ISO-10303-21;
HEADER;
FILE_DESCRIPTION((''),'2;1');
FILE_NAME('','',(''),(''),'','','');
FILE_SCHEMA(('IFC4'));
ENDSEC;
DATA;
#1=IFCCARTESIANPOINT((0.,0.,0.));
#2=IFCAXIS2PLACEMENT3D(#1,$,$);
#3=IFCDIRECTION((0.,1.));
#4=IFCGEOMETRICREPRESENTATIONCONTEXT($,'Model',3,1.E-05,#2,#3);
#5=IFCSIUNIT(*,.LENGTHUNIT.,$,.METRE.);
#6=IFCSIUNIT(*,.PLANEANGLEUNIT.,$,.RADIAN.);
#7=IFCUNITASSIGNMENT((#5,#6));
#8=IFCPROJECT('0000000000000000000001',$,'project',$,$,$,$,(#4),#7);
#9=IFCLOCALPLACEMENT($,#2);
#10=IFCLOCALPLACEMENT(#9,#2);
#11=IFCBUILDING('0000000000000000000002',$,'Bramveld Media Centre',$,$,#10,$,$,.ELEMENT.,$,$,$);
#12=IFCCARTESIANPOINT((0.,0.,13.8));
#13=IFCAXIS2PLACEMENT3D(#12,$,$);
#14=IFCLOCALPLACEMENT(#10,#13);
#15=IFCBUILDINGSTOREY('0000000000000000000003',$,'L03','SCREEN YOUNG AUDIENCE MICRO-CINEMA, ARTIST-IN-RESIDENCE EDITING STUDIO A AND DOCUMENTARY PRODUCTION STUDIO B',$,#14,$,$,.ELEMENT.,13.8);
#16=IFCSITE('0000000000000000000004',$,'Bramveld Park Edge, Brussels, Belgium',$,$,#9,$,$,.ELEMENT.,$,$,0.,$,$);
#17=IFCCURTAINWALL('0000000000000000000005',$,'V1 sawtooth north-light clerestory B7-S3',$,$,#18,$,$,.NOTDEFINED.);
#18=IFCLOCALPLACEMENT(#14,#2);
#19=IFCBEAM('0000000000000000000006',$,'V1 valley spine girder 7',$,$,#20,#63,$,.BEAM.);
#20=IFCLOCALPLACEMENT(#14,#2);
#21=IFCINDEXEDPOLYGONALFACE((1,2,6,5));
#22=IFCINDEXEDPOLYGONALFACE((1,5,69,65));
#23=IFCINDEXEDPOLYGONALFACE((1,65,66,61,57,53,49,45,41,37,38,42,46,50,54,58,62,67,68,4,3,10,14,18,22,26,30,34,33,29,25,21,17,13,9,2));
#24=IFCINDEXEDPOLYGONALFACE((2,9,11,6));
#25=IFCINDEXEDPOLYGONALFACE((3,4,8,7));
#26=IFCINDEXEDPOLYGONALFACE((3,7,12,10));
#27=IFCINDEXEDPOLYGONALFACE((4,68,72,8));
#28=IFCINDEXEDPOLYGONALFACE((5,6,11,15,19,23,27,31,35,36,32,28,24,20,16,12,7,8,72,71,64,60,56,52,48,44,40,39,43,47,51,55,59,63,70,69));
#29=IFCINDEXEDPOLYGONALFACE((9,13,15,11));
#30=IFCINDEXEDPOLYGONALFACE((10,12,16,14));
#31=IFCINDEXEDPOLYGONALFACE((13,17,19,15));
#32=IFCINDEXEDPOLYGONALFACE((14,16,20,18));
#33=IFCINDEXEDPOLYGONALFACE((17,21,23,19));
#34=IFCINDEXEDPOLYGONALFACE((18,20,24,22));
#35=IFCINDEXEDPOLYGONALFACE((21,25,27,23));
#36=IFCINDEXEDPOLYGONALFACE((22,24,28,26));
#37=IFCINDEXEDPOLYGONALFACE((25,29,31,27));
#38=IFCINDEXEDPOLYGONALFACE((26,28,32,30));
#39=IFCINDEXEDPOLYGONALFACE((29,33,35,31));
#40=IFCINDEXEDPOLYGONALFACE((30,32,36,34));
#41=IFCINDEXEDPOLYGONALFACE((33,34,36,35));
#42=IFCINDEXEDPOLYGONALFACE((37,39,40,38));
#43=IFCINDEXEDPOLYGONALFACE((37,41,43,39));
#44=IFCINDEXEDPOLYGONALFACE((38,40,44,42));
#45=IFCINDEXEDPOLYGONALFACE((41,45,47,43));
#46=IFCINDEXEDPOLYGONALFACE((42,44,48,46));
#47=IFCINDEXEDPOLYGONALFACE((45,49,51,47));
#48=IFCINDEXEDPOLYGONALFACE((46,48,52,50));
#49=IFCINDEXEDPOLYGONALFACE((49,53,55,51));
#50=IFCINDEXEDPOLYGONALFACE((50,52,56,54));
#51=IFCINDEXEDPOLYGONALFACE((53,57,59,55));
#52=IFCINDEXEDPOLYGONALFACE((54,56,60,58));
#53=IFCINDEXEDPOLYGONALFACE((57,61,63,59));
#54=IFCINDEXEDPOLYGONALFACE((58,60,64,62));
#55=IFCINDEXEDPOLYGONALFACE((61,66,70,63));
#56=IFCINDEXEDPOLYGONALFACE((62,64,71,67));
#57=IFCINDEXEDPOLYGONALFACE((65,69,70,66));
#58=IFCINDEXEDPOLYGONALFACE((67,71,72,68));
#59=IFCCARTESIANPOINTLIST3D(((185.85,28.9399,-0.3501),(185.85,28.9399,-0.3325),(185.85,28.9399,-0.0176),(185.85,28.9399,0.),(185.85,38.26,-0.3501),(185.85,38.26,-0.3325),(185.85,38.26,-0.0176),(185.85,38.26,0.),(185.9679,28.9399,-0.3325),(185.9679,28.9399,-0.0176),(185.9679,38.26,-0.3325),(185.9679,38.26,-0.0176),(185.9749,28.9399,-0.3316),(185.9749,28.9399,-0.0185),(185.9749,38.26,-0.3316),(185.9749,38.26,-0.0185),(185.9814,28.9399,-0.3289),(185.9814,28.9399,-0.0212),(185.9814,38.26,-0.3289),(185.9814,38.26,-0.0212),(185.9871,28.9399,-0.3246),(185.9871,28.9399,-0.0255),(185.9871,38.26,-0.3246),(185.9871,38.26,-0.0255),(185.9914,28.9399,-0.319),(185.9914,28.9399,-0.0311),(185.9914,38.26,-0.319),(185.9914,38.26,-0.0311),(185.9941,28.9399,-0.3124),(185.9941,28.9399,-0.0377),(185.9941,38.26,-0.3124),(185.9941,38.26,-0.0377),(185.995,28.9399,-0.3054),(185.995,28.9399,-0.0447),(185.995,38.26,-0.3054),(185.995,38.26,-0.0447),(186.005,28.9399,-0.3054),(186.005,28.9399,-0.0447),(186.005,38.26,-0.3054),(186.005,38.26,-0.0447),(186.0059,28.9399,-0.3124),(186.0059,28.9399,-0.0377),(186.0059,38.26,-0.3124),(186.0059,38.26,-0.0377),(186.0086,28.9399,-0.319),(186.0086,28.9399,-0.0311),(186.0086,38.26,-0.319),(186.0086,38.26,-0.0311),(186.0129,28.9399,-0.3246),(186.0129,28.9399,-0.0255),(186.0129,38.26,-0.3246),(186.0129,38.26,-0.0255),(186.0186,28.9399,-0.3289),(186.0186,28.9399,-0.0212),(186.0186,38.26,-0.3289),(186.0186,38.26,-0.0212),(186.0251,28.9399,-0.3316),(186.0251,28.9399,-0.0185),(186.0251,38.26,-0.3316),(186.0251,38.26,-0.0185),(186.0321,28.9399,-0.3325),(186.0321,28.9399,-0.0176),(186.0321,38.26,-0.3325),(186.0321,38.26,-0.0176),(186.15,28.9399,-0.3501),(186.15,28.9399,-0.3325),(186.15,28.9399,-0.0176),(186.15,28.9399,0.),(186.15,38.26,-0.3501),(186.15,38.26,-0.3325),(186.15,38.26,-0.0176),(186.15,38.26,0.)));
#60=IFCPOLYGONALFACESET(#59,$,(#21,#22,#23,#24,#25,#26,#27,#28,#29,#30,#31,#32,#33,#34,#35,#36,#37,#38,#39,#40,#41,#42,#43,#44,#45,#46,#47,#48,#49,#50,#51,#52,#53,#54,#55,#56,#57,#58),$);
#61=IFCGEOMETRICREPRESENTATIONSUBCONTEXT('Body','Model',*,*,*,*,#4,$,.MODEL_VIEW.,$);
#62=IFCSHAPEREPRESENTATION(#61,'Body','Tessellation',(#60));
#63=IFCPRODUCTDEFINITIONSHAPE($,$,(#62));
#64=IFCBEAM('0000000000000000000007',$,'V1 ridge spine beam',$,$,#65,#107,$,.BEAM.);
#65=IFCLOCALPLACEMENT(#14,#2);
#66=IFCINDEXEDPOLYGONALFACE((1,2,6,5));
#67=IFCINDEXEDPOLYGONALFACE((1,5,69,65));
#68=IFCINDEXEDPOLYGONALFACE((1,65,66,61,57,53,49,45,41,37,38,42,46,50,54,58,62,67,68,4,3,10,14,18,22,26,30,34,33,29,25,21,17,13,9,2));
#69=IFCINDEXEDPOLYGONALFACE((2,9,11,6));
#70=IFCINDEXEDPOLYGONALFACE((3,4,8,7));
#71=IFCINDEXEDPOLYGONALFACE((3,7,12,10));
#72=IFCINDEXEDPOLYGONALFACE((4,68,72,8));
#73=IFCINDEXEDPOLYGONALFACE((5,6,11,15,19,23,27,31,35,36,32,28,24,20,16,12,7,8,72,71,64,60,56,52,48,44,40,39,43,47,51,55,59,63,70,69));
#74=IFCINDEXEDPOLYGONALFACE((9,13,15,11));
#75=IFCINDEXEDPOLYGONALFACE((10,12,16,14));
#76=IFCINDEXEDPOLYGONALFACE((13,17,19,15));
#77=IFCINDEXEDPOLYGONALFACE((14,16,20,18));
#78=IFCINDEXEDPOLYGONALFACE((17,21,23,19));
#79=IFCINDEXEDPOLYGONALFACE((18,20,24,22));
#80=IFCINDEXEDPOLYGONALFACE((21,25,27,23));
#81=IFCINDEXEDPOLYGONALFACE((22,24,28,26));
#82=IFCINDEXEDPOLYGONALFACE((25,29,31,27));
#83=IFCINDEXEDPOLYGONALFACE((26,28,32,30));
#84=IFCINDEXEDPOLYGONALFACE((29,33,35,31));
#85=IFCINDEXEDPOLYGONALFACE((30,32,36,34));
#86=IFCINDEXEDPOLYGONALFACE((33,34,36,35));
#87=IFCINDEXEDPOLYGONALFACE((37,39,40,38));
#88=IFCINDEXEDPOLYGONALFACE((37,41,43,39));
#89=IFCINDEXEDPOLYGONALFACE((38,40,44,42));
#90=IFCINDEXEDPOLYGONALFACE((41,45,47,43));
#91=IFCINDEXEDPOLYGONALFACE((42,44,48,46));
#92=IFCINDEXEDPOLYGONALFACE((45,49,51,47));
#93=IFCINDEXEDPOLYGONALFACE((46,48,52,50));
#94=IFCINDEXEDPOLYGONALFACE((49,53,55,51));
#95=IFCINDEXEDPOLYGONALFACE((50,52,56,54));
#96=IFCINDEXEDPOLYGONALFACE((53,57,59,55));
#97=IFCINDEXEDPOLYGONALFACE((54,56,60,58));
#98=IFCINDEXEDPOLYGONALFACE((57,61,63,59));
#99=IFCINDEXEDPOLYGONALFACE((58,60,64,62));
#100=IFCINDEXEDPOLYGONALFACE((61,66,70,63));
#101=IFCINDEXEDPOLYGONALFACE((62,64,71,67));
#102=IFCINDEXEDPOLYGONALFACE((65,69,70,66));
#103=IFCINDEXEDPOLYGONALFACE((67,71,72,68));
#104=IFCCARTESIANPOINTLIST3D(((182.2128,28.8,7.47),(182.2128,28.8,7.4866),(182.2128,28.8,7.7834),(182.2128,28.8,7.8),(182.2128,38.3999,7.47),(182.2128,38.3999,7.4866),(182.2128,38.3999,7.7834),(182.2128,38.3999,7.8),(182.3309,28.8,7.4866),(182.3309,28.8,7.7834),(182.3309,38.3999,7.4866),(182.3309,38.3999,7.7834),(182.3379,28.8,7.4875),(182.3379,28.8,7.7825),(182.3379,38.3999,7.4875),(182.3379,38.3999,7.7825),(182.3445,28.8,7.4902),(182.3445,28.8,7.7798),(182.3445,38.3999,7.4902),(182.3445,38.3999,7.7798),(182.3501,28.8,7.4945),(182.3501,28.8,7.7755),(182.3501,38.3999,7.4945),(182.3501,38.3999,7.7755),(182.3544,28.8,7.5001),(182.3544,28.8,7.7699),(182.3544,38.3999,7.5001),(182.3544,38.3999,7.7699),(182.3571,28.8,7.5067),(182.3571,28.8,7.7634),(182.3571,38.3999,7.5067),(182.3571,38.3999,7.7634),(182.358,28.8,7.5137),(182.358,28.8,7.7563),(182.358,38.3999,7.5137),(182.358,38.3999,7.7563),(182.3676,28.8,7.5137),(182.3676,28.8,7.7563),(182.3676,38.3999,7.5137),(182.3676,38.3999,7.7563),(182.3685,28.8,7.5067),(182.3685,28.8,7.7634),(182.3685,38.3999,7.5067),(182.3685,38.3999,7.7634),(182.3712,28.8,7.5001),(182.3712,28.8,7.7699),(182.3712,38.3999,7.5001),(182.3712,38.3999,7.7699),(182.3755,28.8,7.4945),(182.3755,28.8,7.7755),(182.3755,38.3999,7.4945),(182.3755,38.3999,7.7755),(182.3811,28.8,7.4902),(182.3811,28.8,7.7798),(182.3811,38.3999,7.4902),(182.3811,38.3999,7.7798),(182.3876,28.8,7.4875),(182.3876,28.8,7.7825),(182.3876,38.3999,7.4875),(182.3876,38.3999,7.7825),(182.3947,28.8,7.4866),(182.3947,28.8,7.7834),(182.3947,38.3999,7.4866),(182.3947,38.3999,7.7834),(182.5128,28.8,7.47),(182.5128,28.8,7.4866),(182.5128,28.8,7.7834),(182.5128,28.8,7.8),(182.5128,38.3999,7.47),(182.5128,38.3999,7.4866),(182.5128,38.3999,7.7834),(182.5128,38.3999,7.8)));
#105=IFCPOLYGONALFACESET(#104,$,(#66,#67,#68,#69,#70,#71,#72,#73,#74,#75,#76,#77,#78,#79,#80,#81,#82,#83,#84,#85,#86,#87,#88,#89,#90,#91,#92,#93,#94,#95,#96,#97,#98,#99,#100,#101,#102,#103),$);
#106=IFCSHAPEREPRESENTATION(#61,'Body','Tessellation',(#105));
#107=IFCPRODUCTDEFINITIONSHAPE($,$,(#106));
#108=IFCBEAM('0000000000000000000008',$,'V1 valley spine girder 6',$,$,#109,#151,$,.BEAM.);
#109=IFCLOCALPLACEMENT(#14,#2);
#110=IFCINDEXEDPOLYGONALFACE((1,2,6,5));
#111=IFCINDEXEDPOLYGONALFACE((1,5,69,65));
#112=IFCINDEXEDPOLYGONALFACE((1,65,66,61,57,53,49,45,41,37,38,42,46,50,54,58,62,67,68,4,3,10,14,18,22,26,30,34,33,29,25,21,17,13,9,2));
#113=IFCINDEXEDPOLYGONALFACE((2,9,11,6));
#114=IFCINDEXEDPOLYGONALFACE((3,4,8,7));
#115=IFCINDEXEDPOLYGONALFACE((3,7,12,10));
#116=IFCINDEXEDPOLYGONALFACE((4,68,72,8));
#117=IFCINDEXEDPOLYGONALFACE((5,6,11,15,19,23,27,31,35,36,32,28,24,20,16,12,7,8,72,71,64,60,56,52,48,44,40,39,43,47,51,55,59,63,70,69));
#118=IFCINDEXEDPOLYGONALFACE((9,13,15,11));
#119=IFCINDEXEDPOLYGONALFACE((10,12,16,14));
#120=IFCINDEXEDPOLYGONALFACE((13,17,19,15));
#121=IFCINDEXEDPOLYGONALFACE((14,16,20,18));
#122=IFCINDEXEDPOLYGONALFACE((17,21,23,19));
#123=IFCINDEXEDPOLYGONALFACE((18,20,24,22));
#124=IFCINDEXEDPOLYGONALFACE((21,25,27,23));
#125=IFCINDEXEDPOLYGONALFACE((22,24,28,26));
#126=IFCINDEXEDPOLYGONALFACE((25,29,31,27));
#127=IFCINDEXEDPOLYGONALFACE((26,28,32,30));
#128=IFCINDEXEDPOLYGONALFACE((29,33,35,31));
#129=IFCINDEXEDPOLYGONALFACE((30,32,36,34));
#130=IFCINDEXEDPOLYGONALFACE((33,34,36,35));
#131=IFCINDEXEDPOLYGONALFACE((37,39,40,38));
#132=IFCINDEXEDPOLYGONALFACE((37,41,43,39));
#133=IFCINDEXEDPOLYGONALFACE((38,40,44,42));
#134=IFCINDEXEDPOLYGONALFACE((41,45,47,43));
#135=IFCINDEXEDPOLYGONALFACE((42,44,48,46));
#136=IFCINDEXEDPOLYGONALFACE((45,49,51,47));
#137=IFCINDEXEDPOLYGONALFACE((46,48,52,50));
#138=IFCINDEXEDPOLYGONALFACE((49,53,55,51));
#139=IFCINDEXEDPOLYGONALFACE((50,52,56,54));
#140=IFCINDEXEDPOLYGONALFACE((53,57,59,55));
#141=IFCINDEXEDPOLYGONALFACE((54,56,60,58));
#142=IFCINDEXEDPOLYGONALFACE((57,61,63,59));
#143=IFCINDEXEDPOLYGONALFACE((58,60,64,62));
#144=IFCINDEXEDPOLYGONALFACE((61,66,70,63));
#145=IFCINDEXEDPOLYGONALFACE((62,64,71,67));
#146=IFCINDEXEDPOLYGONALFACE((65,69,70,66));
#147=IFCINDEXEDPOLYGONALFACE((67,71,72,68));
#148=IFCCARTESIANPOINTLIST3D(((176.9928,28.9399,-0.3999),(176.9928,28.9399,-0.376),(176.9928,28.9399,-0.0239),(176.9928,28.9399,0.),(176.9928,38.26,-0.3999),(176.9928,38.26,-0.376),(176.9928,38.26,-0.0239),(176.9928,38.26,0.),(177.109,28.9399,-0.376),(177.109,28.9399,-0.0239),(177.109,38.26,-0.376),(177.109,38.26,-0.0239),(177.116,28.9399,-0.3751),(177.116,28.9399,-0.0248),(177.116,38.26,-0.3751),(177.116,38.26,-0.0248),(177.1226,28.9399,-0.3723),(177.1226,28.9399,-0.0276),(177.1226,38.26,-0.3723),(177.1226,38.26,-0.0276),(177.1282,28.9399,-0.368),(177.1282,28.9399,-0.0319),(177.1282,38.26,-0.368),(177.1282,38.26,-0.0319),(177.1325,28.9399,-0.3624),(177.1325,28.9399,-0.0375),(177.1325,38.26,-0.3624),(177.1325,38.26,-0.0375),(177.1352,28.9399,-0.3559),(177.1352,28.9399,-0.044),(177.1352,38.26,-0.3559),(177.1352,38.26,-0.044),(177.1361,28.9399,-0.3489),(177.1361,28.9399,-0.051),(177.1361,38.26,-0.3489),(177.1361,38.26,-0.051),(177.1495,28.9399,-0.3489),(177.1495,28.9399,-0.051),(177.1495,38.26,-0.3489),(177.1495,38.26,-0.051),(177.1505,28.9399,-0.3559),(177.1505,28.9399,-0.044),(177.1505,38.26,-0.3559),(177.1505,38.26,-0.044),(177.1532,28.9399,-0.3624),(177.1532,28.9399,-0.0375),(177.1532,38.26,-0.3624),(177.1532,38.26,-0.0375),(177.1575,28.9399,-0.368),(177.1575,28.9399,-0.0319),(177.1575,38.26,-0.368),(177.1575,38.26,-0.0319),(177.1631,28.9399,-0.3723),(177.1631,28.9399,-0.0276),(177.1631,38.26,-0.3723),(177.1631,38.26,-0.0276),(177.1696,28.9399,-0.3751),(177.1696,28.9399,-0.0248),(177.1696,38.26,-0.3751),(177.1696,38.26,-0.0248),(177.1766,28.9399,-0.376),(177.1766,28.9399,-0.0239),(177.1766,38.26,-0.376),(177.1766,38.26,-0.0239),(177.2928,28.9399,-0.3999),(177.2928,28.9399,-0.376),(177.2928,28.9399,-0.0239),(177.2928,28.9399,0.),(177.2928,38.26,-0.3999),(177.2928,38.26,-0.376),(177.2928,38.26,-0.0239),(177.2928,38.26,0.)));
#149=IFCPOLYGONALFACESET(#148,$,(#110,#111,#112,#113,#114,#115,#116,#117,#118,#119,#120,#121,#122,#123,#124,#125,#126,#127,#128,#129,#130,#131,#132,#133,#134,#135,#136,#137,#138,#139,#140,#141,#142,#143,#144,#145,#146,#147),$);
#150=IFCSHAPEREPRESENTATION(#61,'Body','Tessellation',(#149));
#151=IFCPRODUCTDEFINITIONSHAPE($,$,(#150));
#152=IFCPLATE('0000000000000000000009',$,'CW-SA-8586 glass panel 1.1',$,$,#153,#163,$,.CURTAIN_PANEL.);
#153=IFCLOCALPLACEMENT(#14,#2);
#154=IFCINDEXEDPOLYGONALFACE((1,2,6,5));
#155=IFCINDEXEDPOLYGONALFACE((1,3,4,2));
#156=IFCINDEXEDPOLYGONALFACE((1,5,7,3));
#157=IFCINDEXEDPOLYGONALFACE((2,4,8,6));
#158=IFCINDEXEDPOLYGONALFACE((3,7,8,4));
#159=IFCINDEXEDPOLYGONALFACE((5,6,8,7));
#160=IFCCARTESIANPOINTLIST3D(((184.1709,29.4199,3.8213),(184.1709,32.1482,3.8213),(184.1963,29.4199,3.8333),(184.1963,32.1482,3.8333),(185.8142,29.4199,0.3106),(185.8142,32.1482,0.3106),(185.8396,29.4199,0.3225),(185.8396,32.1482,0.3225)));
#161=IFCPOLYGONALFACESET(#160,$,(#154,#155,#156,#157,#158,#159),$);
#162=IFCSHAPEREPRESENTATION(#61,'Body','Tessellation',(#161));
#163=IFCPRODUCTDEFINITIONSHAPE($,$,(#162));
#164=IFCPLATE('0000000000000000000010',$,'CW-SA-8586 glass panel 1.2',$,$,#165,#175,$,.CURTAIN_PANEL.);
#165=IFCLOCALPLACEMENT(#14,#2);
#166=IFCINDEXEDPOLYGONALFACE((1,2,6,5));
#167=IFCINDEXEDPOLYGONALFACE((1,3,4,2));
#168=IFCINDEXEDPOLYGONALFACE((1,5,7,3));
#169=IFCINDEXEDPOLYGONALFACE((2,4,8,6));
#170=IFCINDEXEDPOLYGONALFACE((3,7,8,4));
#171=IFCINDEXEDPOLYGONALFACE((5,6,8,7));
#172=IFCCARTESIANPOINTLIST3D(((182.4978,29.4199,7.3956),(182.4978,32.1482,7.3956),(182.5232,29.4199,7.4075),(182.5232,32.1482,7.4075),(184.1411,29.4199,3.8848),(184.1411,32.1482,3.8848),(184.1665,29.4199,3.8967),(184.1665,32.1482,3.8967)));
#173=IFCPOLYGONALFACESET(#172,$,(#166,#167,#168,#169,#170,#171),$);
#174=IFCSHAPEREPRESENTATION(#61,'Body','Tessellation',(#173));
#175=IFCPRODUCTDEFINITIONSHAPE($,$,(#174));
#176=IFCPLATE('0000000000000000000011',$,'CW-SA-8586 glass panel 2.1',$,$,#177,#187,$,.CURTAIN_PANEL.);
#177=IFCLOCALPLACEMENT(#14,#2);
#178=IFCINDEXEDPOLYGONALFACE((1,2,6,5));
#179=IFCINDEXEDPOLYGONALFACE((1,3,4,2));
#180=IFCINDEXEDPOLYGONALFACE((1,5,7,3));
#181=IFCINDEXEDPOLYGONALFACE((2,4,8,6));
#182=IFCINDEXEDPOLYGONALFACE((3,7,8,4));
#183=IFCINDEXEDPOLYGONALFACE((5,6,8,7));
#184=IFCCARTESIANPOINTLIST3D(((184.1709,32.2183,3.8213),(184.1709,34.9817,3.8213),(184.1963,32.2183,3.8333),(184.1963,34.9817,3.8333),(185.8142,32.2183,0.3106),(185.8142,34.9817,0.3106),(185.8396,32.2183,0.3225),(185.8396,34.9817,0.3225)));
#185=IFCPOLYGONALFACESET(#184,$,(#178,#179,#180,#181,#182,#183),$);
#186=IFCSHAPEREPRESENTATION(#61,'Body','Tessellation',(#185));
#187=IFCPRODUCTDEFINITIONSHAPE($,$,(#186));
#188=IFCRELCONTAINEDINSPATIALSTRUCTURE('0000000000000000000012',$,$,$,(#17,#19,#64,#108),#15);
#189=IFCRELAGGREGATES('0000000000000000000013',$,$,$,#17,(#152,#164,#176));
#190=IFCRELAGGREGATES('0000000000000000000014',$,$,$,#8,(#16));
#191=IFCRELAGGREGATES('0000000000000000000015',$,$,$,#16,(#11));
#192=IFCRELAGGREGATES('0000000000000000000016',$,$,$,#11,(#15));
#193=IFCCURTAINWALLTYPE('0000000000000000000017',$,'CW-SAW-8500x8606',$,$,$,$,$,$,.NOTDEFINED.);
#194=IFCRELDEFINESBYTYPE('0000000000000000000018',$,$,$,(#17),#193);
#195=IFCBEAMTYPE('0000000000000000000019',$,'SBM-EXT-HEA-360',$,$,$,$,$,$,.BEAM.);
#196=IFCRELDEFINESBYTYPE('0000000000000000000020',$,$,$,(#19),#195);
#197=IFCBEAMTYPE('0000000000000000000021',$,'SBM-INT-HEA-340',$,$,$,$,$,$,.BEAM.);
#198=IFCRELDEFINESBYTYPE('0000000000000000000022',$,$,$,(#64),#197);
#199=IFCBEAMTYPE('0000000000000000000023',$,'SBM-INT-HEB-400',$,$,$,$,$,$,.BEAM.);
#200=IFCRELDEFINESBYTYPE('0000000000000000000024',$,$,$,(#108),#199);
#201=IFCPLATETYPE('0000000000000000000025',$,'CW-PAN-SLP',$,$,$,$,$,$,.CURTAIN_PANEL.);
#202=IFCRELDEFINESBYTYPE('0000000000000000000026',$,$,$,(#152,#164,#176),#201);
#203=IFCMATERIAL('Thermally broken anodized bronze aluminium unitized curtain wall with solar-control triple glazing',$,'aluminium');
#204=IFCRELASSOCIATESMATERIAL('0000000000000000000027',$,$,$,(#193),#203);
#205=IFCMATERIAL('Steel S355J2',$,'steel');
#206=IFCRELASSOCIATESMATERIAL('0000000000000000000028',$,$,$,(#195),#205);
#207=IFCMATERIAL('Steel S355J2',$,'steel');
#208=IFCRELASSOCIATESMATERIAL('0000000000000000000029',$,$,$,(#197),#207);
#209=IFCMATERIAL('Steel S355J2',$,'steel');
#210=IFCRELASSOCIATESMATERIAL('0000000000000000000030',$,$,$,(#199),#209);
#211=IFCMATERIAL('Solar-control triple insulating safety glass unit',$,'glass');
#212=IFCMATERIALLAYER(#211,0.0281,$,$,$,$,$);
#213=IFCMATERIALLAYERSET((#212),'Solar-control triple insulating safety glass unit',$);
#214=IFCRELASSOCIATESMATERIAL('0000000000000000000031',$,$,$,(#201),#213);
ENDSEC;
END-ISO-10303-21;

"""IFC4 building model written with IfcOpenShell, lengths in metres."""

from ifc_helpers import new_model, si_unit, direction, frame, origin, origin_2d, place, context, subcontext, project, spatial, polyline, i_section, outline, extrude, material, layer, layer_set, material_profile, profile_set, type_object, element, aggregate, save


model = new_model("IFC4")

# Units and contexts
model_context = context("Model", 3, precision=1e-05, world=origin(), true_north=direction((0.0, 1.0)))
body_context = subcontext(model_context, "Body", "Model", "MODEL_VIEW")
ifc_project = project(units=[si_unit("LENGTHUNIT", "METRE"), si_unit("PLANEANGLEUNIT", "RADIAN")], contexts=[model_context])

# Site, building, storey
site_placement = place(None, origin())
site = spatial("IfcSite", under=ifc_project, at=site_placement, Name="Bramveld Park Edge, Brussels, Belgium", CompositionType="ELEMENT", RefElevation=0.0)
building_placement = place(site_placement, origin())
building = spatial("IfcBuilding", under=site, at=building_placement, Name="Bramveld Media Centre", CompositionType="ELEMENT")
storey_placement = place(building_placement, frame((0.0, 0.0, 13.8)))
storey = spatial("IfcBuildingStorey", under=building, at=storey_placement, Name="L03", Description="SCREEN YOUNG AUDIENCE MICRO-CINEMA, ARTIST-IN-RESIDENCE EDITING STUDIO A AND DOCUMENTARY PRODUCTION STUDIO B", CompositionType="ELEMENT", Elevation=13.8)

# Curtain wall
ifc_material_1 = material(Name="Thermally broken anodized bronze aluminium unitized curtain wall with solar-control triple glazing", Category="aluminium")
curtain_wall_type = type_object("IfcCurtainWallType", Name="CW-SAW-8500x8606", PredefinedType="NOTDEFINED", material=ifc_material_1)
curtain_wall_1_placement = place(storey_placement, origin())
curtain_wall_1 = element("IfcCurtainWall", 1, at=curtain_wall_1_placement, inside=storey, type_object=curtain_wall_type, Name="V1 sawtooth north-light clerestory B7-S3", PredefinedType="NOTDEFINED")

# Beams
ifc_material_2 = material(Name="Steel S355J2", Category="steel")
ifc_material_profile_1 = material_profile(ifc_material_2, i_section(OverallWidth=0.3, OverallDepth=0.3501, WebThickness=0.01, FlangeThickness=0.0176, FilletRadius=0.0271, at=origin_2d()), Name="HEA 360")
ifc_profile_set_1 = profile_set([ifc_material_profile_1], Name="Steel S355J2")
beam_type_1 = type_object("IfcBeamType", Name="SBM-EXT-HEA-360", PredefinedType="BEAM", material=ifc_profile_set_1)
beam_1_placement = place(storey_placement, frame((186.0, 28.9399, -0.175), z_axis=(0.0, 1.0, 0.0), x_axis=(-1.0, 0.0, 0.0)))
element("IfcBeam", 2, at=beam_1_placement, inside=storey, type_object=beam_type_1, Name="V1 valley spine girder 7", PredefinedType="BEAM", context=body_context, shape_type="SweptSolid", body=[
    extrude(i_section(OverallWidth=0.3, OverallDepth=0.3501, WebThickness=0.01, FlangeThickness=0.0176, FilletRadius=0.0271, at=origin_2d()), origin(), (0.0, 0.0, 1.0), 9.3201),
])
ifc_material_3 = material(Name="Steel S355J2", Category="steel")
ifc_material_profile_2 = material_profile(ifc_material_3, i_section(OverallWidth=0.3, OverallDepth=0.3301, WebThickness=0.0095, FlangeThickness=0.0166, FilletRadius=0.0271, at=origin_2d()), Name="HEA 340")
ifc_profile_set_2 = profile_set([ifc_material_profile_2], Name="Steel S355J2")
beam_type_2 = type_object("IfcBeamType", Name="SBM-INT-HEA-340", PredefinedType="BEAM", material=ifc_profile_set_2)
beam_2_placement = place(storey_placement, frame((182.3628, 28.8, 7.635), z_axis=(0.0, 1.0, 0.0), x_axis=(-1.0, 0.0, 0.0)))
element("IfcBeam", 3, at=beam_2_placement, inside=storey, type_object=beam_type_2, Name="V1 ridge spine beam", PredefinedType="BEAM", context=body_context, shape_type="SweptSolid", body=[
    extrude(i_section(OverallWidth=0.3, OverallDepth=0.3301, WebThickness=0.0095, FlangeThickness=0.0166, FilletRadius=0.0271, at=origin_2d()), origin(), (0.0, 0.0, 1.0), 9.5999),
])
ifc_material_4 = material(Name="Steel S355J2", Category="steel")
ifc_material_profile_3 = material_profile(ifc_material_4, i_section(OverallWidth=0.3, OverallDepth=0.3999, WebThickness=0.0134, FlangeThickness=0.0239, FilletRadius=0.0271, at=origin_2d()), Name="HEB 400")
ifc_profile_set_3 = profile_set([ifc_material_profile_3], Name="Steel S355J2")
beam_type_3 = type_object("IfcBeamType", Name="SBM-INT-HEB-400", PredefinedType="BEAM", material=ifc_profile_set_3)
beam_3_placement = place(storey_placement, frame((177.1428, 28.9399, -0.2), z_axis=(0.0, 1.0, 0.0), x_axis=(-1.0, 0.0, 0.0)))
element("IfcBeam", 4, at=beam_3_placement, inside=storey, type_object=beam_type_3, Name="V1 valley spine girder 6", PredefinedType="BEAM", context=body_context, shape_type="SweptSolid", body=[
    extrude(i_section(OverallWidth=0.3, OverallDepth=0.3999, WebThickness=0.0134, FlangeThickness=0.0239, FilletRadius=0.0271, at=origin_2d()), origin(), (0.0, 0.0, 1.0), 9.3201),
])

# Plates
ifc_material_5 = material(Name="Solar-control triple insulating safety glass unit", Category="glass")
ifc_layer_1 = layer(ifc_material_5, 0.0281)
ifc_layer_set_1 = layer_set([ifc_layer_1], Name="Solar-control triple insulating safety glass unit")
plate_type_1 = type_object("IfcPlateType", Name="CW-PAN-SLP", PredefinedType="CURTAIN_PANEL", material=ifc_layer_set_1)
plate_1_placement = place(storey_placement, frame((185.8396, 29.4199, 0.3225), z_axis=(0.905692, 0.0, 0.423937), x_axis=(0.0, 1.0, 0.0)))
plate_1 = element("IfcPlate", 5, at=plate_1_placement, type_object=plate_type_1, Name="CW-SA-8586 glass panel 1.1", PredefinedType="CURTAIN_PANEL", context=body_context, shape_type="SweptSolid", body=[
    extrude(outline(polyline([(0.0, 0.0), (2.7283, 0.0), (2.7283, 3.8763), (0.0, 3.8763), (0.0, 0.0)])), origin(), (0.0, 0.0, -1.0), 0.0281),
])
plate_2_placement = place(storey_placement, frame((184.1665, 29.4199, 3.8967), z_axis=(0.905692, 0.0, 0.423937), x_axis=(0.0, 1.0, 0.0)))
plate_2 = element("IfcPlate", 6, at=plate_2_placement, type_object=plate_type_1, Name="CW-SA-8586 glass panel 1.2", PredefinedType="CURTAIN_PANEL", context=body_context, shape_type="SweptSolid", body=[
    extrude(outline(polyline([(0.0, 0.0), (2.7283, 0.0), (2.7283, 3.8763), (0.0, 3.8763), (0.0, 0.0)])), origin(), (0.0, 0.0, -1.0), 0.0281),
])
plate_3_placement = place(storey_placement, frame((185.8396, 32.2183, 0.3225), z_axis=(0.905692, 0.0, 0.423937), x_axis=(0.0, 1.0, 0.0)))
plate_3 = element("IfcPlate", 7, at=plate_3_placement, type_object=plate_type_1, Name="CW-SA-8586 glass panel 2.1", PredefinedType="CURTAIN_PANEL", context=body_context, shape_type="SweptSolid", body=[
    extrude(outline(polyline([(0.0, 0.0), (2.7634, 0.0), (2.7634, 3.8763), (0.0, 3.8763), (0.0, 0.0)])), origin(), (0.0, 0.0, -1.0), 0.0281),
])
aggregate(curtain_wall_1, [plate_1, plate_2, plate_3])

save(model, "model.ifc")
